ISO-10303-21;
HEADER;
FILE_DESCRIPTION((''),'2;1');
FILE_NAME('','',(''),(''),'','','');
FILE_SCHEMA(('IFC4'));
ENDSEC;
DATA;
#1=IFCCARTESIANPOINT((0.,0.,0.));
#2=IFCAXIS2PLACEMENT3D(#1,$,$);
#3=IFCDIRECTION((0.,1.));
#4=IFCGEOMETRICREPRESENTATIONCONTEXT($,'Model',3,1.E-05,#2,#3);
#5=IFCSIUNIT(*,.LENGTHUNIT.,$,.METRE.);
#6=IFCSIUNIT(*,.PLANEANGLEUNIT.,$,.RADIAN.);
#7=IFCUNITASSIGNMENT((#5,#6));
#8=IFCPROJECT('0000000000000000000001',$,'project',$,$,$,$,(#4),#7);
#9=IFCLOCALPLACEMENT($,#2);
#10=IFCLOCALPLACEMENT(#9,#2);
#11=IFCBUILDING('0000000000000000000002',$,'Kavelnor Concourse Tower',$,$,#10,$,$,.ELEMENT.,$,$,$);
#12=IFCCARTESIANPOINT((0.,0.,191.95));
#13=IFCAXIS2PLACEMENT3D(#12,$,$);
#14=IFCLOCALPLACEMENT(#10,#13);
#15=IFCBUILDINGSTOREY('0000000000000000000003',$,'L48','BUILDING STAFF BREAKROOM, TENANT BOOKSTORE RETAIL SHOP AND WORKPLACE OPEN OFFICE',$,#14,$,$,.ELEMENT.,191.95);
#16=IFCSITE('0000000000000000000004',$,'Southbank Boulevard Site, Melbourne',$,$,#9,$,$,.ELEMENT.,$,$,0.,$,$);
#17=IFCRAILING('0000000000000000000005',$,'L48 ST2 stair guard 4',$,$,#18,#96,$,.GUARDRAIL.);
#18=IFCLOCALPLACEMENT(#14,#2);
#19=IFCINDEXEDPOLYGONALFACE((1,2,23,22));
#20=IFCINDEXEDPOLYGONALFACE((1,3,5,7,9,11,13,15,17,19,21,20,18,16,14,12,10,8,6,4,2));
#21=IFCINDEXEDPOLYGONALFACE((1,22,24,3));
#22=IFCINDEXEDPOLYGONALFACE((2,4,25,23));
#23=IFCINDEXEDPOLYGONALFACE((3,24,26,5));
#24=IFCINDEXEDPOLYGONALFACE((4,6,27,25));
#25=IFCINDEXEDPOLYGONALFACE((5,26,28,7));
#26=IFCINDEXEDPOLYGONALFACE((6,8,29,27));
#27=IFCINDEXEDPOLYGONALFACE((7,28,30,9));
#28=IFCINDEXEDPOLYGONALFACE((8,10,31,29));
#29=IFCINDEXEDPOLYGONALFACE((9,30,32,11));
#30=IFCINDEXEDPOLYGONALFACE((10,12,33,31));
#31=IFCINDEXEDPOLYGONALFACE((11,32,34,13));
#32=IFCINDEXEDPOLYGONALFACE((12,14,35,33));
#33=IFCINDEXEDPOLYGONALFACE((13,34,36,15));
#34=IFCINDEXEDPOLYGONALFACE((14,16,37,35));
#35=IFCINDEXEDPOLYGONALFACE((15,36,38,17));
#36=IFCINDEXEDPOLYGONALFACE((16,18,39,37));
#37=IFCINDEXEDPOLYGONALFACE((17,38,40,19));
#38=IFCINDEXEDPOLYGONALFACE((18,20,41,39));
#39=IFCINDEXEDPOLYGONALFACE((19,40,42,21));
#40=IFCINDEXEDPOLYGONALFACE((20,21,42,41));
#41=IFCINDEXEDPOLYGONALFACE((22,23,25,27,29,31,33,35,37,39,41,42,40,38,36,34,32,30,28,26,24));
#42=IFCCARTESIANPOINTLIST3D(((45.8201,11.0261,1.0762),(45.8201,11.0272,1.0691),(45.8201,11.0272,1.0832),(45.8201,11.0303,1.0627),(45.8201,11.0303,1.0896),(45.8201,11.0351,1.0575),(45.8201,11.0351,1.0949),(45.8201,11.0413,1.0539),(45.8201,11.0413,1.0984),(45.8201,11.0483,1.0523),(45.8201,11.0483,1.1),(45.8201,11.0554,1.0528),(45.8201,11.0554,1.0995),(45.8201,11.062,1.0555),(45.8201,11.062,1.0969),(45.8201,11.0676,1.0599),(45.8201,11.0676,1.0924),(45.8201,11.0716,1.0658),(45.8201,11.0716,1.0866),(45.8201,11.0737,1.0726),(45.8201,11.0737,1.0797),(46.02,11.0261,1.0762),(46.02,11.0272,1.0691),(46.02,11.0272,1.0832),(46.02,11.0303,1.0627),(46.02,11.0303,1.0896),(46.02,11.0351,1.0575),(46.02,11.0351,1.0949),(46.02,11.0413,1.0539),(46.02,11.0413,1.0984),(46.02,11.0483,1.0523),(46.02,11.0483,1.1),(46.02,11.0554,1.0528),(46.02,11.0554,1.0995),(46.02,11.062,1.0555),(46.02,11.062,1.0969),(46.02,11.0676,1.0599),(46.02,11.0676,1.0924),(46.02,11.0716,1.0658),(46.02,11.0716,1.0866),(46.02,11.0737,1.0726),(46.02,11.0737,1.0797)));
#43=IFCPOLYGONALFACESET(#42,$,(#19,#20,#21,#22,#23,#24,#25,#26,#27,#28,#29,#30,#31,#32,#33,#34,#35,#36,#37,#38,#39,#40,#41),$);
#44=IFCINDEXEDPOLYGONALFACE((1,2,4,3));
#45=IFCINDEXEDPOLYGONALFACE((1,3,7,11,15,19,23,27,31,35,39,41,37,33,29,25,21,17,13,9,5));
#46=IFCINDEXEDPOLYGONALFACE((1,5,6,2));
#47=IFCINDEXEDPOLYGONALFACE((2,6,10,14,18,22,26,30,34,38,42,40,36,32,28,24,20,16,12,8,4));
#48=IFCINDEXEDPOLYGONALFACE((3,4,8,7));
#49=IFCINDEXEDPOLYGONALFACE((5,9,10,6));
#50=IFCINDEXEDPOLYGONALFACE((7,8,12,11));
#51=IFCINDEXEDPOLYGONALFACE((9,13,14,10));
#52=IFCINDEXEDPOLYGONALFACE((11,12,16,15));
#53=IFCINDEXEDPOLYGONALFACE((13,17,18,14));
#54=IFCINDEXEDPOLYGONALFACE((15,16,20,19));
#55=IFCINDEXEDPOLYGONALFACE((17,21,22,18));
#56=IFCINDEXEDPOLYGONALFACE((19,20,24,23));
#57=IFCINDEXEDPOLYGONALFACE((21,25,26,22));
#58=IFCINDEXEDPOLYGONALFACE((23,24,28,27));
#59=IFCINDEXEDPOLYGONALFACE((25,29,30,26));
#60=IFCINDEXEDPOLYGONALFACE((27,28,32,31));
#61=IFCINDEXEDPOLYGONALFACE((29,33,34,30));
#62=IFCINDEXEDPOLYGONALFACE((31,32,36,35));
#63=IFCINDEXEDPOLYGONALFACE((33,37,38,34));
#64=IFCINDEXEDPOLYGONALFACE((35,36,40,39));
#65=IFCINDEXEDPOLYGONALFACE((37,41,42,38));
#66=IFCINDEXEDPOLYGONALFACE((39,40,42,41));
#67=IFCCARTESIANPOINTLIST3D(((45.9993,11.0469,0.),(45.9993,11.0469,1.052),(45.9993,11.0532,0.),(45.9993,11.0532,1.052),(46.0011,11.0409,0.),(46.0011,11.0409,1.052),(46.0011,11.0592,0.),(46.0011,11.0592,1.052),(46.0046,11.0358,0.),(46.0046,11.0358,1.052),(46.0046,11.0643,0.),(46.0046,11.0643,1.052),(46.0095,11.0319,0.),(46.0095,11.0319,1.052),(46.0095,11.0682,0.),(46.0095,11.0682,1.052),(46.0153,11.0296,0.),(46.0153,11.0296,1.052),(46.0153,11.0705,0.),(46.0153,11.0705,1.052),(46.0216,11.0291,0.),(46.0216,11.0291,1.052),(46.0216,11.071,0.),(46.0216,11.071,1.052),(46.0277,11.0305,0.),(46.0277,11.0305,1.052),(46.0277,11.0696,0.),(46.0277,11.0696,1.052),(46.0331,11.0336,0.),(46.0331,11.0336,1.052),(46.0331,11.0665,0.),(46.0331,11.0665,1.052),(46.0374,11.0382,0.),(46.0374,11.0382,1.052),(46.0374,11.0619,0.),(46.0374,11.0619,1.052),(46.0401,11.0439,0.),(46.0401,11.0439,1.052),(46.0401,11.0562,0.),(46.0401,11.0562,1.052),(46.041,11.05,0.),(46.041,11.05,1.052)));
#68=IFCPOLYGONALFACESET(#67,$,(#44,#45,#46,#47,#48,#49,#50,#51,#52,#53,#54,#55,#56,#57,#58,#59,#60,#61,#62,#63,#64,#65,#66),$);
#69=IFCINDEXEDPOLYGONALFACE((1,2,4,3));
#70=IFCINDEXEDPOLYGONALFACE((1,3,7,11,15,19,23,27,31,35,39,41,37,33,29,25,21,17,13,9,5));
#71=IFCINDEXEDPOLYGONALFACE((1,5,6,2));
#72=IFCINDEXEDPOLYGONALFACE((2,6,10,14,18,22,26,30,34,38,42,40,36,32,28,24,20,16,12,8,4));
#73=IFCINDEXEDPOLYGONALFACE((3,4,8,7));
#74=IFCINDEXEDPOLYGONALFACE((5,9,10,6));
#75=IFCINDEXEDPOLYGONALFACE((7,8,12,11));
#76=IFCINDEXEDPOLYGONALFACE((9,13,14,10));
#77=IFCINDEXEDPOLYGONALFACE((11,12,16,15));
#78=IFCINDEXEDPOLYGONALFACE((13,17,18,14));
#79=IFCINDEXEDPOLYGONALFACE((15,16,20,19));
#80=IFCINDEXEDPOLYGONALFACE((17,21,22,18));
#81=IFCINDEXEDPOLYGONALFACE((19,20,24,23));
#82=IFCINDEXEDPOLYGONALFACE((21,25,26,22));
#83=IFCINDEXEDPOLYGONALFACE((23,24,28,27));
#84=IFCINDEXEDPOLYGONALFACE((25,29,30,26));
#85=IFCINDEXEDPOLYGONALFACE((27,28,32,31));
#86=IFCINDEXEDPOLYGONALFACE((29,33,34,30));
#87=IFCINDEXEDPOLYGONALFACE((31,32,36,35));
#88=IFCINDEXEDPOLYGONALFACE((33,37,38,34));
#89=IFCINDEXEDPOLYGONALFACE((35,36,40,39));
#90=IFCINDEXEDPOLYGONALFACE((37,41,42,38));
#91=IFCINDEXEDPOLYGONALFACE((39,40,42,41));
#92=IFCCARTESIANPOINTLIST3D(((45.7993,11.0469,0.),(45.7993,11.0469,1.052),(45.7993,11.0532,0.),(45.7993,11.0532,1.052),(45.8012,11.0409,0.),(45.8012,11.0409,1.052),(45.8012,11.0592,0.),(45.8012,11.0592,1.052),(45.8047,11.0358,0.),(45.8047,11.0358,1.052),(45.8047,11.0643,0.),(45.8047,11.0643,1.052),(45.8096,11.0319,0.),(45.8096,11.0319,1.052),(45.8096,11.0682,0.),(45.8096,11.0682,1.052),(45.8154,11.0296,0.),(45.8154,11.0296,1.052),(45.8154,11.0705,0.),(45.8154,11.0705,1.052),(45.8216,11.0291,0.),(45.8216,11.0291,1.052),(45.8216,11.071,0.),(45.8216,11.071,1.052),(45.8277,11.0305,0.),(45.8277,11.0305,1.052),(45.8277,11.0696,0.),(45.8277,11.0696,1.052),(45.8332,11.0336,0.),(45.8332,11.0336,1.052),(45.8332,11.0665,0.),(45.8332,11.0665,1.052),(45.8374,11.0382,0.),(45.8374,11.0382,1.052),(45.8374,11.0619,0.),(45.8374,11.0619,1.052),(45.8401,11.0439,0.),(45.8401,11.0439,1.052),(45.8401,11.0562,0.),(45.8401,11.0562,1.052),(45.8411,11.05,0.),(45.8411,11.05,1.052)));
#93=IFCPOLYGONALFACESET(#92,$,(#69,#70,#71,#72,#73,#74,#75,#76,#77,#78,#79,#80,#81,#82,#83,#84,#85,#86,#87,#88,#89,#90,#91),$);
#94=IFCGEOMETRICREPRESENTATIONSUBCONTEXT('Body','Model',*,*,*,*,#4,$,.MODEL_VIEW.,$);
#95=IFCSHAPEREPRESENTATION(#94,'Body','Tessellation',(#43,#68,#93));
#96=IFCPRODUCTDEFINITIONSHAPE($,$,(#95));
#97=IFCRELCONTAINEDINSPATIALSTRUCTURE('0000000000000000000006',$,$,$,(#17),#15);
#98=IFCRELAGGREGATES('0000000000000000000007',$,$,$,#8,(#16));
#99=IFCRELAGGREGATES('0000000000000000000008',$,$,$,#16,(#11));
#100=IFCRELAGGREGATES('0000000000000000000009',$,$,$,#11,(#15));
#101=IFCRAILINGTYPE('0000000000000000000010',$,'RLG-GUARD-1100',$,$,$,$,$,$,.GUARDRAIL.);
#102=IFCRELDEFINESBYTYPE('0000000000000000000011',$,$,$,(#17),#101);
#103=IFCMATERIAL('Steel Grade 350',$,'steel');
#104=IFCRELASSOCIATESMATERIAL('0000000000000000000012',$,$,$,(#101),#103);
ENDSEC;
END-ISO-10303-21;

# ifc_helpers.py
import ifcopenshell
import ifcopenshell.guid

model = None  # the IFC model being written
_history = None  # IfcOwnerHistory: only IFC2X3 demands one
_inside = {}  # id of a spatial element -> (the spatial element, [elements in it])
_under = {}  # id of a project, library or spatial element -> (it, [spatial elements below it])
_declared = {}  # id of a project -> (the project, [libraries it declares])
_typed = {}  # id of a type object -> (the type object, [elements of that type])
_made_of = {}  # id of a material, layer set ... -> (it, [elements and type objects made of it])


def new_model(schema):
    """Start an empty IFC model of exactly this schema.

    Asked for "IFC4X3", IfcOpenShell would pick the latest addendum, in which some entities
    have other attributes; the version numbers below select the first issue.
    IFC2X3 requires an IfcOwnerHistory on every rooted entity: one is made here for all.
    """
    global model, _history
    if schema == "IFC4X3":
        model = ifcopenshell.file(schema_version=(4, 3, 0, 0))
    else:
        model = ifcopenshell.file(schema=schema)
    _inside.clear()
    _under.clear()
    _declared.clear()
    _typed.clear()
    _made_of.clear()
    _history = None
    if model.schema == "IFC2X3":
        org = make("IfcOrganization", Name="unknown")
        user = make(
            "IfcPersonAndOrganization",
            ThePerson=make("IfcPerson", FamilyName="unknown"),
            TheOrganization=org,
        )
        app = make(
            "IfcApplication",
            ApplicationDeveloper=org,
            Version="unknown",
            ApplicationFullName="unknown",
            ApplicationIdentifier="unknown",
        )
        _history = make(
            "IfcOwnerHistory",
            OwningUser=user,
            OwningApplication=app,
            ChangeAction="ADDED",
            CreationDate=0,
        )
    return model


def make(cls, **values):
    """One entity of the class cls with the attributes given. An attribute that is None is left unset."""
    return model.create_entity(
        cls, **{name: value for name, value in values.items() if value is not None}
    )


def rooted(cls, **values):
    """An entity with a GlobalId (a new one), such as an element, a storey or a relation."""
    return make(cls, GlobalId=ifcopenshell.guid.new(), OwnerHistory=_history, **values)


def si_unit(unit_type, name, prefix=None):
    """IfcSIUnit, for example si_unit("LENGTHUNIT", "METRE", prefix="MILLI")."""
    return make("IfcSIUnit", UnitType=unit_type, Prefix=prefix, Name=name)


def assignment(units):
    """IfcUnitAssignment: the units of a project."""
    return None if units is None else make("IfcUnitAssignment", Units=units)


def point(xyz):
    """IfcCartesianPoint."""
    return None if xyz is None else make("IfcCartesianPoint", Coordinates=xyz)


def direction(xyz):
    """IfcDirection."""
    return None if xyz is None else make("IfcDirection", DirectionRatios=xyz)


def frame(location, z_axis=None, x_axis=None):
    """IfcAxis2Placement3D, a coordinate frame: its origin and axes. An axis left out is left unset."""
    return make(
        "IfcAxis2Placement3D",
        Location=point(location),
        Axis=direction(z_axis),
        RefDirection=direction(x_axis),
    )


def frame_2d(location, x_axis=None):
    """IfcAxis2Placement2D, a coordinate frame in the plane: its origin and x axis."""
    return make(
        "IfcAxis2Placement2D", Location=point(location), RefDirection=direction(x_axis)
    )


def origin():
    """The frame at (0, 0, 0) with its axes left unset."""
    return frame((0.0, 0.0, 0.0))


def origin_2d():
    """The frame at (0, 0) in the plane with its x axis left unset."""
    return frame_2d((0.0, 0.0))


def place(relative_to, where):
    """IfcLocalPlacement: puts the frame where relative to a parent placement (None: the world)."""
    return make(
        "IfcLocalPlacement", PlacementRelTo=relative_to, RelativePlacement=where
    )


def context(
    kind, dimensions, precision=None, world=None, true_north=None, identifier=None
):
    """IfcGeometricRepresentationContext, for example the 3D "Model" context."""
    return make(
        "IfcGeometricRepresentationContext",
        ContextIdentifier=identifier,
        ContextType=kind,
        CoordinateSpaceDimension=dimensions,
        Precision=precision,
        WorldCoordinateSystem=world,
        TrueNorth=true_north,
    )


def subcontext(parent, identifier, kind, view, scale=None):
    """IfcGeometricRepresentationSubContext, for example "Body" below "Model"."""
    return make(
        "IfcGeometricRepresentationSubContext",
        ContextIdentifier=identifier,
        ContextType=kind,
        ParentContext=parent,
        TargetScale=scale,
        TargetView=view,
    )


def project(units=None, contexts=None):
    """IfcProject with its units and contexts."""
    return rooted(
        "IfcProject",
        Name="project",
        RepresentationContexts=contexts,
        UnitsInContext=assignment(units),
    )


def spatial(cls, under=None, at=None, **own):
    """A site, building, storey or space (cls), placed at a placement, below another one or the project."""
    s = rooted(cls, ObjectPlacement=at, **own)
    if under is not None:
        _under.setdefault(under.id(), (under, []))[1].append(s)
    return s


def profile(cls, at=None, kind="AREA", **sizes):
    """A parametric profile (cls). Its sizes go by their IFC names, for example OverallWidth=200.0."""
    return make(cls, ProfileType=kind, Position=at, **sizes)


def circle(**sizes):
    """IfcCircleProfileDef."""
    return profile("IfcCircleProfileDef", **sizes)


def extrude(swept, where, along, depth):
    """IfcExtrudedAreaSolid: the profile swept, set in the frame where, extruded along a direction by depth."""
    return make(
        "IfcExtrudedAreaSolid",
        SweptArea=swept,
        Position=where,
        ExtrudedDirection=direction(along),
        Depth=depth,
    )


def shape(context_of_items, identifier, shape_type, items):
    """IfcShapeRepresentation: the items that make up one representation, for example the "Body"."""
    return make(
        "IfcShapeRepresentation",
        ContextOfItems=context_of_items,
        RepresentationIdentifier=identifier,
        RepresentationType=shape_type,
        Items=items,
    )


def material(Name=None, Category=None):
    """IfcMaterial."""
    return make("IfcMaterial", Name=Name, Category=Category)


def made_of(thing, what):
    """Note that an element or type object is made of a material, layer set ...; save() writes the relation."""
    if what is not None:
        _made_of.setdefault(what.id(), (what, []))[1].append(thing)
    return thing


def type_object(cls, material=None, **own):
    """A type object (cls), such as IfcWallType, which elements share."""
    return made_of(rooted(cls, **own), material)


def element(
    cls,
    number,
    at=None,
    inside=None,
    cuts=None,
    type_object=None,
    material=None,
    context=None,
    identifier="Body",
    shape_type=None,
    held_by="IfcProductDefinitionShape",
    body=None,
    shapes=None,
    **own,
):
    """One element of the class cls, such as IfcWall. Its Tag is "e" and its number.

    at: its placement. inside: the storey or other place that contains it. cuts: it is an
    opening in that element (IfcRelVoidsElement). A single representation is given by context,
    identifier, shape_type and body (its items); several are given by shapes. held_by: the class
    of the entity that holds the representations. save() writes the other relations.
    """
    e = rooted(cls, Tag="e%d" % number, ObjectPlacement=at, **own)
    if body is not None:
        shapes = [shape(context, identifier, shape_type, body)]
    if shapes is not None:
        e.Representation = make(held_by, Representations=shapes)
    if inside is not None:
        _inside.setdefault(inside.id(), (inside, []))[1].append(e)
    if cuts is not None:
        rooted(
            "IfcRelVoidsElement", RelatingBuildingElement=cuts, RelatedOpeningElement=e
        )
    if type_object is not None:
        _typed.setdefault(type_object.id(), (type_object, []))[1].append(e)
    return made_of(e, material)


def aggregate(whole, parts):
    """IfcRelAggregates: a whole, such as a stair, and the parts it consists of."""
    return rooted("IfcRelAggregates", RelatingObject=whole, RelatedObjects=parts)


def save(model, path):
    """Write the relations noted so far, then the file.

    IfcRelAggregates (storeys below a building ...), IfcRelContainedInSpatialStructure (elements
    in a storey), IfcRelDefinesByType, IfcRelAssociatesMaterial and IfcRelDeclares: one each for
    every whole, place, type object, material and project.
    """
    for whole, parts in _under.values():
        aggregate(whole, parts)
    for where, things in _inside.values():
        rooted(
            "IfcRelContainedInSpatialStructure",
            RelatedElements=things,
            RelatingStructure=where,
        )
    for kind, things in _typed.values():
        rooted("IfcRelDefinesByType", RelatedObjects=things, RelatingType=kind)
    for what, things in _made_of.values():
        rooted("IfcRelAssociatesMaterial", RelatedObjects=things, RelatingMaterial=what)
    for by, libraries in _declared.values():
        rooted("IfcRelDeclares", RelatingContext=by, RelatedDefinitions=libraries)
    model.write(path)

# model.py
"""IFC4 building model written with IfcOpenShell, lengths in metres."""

from ifc_helpers import new_model, si_unit, direction, frame, origin, origin_2d, place, context, subcontext, project, spatial, circle, extrude, material, type_object, element, save


model = new_model("IFC4")

# Units and contexts
model_context = context("Model", 3, precision=1e-05, world=origin(), true_north=direction((0.0, 1.0)))
body_context = subcontext(model_context, "Body", "Model", "MODEL_VIEW")
ifc_project = project(units=[si_unit("LENGTHUNIT", "METRE"), si_unit("PLANEANGLEUNIT", "RADIAN")], contexts=[model_context])

# Site, building, storey
site_placement = place(None, origin())
site = spatial("IfcSite", under=ifc_project, at=site_placement, Name="Southbank Boulevard Site, Melbourne", CompositionType="ELEMENT", RefElevation=0.0)
building_placement = place(site_placement, origin())
building = spatial("IfcBuilding", under=site, at=building_placement, Name="Kavelnor Concourse Tower", CompositionType="ELEMENT")
storey_placement = place(building_placement, frame((0.0, 0.0, 191.95)))
storey = spatial("IfcBuildingStorey", under=building, at=storey_placement, Name="L48", Description="BUILDING STAFF BREAKROOM, TENANT BOOKSTORE RETAIL SHOP AND WORKPLACE OPEN OFFICE", CompositionType="ELEMENT", Elevation=191.95)

# Shared definitions
ifc_material_1 = material(Name="Steel Grade 350", Category="steel")

# Railing
railing_type_1 = type_object("IfcRailingType", Name="RLG-GUARD-1100", PredefinedType="GUARDRAIL", material=ifc_material_1)
railing_1_placement = place(storey_placement, frame((46.02, 11.05, 0.0)))
element("IfcRailing", 1, at=railing_1_placement, inside=storey, type_object=railing_type_1, Name="L48 ST2 stair guard 4", PredefinedType="GUARDRAIL", context=body_context, shape_type="SweptSolid", body=[
    extrude(circle(Radius=0.0239, at=origin_2d()), frame((0.0, 0.0, 1.0762), z_axis=(-1.0, 0.0, 0.0), x_axis=(0.0, -1.0, 0.0)), (0.0, 0.0, 1.0), 0.2),
    extrude(circle(Radius=0.021, at=origin_2d()), origin(), (0.0, 0.0, 1.0), 1.052),
    extrude(circle(Radius=0.021, at=origin_2d()), frame((-0.2, 0.0, 0.0)), (0.0, 0.0, 1.0), 1.052),
])

save(model, "model.ifc")
